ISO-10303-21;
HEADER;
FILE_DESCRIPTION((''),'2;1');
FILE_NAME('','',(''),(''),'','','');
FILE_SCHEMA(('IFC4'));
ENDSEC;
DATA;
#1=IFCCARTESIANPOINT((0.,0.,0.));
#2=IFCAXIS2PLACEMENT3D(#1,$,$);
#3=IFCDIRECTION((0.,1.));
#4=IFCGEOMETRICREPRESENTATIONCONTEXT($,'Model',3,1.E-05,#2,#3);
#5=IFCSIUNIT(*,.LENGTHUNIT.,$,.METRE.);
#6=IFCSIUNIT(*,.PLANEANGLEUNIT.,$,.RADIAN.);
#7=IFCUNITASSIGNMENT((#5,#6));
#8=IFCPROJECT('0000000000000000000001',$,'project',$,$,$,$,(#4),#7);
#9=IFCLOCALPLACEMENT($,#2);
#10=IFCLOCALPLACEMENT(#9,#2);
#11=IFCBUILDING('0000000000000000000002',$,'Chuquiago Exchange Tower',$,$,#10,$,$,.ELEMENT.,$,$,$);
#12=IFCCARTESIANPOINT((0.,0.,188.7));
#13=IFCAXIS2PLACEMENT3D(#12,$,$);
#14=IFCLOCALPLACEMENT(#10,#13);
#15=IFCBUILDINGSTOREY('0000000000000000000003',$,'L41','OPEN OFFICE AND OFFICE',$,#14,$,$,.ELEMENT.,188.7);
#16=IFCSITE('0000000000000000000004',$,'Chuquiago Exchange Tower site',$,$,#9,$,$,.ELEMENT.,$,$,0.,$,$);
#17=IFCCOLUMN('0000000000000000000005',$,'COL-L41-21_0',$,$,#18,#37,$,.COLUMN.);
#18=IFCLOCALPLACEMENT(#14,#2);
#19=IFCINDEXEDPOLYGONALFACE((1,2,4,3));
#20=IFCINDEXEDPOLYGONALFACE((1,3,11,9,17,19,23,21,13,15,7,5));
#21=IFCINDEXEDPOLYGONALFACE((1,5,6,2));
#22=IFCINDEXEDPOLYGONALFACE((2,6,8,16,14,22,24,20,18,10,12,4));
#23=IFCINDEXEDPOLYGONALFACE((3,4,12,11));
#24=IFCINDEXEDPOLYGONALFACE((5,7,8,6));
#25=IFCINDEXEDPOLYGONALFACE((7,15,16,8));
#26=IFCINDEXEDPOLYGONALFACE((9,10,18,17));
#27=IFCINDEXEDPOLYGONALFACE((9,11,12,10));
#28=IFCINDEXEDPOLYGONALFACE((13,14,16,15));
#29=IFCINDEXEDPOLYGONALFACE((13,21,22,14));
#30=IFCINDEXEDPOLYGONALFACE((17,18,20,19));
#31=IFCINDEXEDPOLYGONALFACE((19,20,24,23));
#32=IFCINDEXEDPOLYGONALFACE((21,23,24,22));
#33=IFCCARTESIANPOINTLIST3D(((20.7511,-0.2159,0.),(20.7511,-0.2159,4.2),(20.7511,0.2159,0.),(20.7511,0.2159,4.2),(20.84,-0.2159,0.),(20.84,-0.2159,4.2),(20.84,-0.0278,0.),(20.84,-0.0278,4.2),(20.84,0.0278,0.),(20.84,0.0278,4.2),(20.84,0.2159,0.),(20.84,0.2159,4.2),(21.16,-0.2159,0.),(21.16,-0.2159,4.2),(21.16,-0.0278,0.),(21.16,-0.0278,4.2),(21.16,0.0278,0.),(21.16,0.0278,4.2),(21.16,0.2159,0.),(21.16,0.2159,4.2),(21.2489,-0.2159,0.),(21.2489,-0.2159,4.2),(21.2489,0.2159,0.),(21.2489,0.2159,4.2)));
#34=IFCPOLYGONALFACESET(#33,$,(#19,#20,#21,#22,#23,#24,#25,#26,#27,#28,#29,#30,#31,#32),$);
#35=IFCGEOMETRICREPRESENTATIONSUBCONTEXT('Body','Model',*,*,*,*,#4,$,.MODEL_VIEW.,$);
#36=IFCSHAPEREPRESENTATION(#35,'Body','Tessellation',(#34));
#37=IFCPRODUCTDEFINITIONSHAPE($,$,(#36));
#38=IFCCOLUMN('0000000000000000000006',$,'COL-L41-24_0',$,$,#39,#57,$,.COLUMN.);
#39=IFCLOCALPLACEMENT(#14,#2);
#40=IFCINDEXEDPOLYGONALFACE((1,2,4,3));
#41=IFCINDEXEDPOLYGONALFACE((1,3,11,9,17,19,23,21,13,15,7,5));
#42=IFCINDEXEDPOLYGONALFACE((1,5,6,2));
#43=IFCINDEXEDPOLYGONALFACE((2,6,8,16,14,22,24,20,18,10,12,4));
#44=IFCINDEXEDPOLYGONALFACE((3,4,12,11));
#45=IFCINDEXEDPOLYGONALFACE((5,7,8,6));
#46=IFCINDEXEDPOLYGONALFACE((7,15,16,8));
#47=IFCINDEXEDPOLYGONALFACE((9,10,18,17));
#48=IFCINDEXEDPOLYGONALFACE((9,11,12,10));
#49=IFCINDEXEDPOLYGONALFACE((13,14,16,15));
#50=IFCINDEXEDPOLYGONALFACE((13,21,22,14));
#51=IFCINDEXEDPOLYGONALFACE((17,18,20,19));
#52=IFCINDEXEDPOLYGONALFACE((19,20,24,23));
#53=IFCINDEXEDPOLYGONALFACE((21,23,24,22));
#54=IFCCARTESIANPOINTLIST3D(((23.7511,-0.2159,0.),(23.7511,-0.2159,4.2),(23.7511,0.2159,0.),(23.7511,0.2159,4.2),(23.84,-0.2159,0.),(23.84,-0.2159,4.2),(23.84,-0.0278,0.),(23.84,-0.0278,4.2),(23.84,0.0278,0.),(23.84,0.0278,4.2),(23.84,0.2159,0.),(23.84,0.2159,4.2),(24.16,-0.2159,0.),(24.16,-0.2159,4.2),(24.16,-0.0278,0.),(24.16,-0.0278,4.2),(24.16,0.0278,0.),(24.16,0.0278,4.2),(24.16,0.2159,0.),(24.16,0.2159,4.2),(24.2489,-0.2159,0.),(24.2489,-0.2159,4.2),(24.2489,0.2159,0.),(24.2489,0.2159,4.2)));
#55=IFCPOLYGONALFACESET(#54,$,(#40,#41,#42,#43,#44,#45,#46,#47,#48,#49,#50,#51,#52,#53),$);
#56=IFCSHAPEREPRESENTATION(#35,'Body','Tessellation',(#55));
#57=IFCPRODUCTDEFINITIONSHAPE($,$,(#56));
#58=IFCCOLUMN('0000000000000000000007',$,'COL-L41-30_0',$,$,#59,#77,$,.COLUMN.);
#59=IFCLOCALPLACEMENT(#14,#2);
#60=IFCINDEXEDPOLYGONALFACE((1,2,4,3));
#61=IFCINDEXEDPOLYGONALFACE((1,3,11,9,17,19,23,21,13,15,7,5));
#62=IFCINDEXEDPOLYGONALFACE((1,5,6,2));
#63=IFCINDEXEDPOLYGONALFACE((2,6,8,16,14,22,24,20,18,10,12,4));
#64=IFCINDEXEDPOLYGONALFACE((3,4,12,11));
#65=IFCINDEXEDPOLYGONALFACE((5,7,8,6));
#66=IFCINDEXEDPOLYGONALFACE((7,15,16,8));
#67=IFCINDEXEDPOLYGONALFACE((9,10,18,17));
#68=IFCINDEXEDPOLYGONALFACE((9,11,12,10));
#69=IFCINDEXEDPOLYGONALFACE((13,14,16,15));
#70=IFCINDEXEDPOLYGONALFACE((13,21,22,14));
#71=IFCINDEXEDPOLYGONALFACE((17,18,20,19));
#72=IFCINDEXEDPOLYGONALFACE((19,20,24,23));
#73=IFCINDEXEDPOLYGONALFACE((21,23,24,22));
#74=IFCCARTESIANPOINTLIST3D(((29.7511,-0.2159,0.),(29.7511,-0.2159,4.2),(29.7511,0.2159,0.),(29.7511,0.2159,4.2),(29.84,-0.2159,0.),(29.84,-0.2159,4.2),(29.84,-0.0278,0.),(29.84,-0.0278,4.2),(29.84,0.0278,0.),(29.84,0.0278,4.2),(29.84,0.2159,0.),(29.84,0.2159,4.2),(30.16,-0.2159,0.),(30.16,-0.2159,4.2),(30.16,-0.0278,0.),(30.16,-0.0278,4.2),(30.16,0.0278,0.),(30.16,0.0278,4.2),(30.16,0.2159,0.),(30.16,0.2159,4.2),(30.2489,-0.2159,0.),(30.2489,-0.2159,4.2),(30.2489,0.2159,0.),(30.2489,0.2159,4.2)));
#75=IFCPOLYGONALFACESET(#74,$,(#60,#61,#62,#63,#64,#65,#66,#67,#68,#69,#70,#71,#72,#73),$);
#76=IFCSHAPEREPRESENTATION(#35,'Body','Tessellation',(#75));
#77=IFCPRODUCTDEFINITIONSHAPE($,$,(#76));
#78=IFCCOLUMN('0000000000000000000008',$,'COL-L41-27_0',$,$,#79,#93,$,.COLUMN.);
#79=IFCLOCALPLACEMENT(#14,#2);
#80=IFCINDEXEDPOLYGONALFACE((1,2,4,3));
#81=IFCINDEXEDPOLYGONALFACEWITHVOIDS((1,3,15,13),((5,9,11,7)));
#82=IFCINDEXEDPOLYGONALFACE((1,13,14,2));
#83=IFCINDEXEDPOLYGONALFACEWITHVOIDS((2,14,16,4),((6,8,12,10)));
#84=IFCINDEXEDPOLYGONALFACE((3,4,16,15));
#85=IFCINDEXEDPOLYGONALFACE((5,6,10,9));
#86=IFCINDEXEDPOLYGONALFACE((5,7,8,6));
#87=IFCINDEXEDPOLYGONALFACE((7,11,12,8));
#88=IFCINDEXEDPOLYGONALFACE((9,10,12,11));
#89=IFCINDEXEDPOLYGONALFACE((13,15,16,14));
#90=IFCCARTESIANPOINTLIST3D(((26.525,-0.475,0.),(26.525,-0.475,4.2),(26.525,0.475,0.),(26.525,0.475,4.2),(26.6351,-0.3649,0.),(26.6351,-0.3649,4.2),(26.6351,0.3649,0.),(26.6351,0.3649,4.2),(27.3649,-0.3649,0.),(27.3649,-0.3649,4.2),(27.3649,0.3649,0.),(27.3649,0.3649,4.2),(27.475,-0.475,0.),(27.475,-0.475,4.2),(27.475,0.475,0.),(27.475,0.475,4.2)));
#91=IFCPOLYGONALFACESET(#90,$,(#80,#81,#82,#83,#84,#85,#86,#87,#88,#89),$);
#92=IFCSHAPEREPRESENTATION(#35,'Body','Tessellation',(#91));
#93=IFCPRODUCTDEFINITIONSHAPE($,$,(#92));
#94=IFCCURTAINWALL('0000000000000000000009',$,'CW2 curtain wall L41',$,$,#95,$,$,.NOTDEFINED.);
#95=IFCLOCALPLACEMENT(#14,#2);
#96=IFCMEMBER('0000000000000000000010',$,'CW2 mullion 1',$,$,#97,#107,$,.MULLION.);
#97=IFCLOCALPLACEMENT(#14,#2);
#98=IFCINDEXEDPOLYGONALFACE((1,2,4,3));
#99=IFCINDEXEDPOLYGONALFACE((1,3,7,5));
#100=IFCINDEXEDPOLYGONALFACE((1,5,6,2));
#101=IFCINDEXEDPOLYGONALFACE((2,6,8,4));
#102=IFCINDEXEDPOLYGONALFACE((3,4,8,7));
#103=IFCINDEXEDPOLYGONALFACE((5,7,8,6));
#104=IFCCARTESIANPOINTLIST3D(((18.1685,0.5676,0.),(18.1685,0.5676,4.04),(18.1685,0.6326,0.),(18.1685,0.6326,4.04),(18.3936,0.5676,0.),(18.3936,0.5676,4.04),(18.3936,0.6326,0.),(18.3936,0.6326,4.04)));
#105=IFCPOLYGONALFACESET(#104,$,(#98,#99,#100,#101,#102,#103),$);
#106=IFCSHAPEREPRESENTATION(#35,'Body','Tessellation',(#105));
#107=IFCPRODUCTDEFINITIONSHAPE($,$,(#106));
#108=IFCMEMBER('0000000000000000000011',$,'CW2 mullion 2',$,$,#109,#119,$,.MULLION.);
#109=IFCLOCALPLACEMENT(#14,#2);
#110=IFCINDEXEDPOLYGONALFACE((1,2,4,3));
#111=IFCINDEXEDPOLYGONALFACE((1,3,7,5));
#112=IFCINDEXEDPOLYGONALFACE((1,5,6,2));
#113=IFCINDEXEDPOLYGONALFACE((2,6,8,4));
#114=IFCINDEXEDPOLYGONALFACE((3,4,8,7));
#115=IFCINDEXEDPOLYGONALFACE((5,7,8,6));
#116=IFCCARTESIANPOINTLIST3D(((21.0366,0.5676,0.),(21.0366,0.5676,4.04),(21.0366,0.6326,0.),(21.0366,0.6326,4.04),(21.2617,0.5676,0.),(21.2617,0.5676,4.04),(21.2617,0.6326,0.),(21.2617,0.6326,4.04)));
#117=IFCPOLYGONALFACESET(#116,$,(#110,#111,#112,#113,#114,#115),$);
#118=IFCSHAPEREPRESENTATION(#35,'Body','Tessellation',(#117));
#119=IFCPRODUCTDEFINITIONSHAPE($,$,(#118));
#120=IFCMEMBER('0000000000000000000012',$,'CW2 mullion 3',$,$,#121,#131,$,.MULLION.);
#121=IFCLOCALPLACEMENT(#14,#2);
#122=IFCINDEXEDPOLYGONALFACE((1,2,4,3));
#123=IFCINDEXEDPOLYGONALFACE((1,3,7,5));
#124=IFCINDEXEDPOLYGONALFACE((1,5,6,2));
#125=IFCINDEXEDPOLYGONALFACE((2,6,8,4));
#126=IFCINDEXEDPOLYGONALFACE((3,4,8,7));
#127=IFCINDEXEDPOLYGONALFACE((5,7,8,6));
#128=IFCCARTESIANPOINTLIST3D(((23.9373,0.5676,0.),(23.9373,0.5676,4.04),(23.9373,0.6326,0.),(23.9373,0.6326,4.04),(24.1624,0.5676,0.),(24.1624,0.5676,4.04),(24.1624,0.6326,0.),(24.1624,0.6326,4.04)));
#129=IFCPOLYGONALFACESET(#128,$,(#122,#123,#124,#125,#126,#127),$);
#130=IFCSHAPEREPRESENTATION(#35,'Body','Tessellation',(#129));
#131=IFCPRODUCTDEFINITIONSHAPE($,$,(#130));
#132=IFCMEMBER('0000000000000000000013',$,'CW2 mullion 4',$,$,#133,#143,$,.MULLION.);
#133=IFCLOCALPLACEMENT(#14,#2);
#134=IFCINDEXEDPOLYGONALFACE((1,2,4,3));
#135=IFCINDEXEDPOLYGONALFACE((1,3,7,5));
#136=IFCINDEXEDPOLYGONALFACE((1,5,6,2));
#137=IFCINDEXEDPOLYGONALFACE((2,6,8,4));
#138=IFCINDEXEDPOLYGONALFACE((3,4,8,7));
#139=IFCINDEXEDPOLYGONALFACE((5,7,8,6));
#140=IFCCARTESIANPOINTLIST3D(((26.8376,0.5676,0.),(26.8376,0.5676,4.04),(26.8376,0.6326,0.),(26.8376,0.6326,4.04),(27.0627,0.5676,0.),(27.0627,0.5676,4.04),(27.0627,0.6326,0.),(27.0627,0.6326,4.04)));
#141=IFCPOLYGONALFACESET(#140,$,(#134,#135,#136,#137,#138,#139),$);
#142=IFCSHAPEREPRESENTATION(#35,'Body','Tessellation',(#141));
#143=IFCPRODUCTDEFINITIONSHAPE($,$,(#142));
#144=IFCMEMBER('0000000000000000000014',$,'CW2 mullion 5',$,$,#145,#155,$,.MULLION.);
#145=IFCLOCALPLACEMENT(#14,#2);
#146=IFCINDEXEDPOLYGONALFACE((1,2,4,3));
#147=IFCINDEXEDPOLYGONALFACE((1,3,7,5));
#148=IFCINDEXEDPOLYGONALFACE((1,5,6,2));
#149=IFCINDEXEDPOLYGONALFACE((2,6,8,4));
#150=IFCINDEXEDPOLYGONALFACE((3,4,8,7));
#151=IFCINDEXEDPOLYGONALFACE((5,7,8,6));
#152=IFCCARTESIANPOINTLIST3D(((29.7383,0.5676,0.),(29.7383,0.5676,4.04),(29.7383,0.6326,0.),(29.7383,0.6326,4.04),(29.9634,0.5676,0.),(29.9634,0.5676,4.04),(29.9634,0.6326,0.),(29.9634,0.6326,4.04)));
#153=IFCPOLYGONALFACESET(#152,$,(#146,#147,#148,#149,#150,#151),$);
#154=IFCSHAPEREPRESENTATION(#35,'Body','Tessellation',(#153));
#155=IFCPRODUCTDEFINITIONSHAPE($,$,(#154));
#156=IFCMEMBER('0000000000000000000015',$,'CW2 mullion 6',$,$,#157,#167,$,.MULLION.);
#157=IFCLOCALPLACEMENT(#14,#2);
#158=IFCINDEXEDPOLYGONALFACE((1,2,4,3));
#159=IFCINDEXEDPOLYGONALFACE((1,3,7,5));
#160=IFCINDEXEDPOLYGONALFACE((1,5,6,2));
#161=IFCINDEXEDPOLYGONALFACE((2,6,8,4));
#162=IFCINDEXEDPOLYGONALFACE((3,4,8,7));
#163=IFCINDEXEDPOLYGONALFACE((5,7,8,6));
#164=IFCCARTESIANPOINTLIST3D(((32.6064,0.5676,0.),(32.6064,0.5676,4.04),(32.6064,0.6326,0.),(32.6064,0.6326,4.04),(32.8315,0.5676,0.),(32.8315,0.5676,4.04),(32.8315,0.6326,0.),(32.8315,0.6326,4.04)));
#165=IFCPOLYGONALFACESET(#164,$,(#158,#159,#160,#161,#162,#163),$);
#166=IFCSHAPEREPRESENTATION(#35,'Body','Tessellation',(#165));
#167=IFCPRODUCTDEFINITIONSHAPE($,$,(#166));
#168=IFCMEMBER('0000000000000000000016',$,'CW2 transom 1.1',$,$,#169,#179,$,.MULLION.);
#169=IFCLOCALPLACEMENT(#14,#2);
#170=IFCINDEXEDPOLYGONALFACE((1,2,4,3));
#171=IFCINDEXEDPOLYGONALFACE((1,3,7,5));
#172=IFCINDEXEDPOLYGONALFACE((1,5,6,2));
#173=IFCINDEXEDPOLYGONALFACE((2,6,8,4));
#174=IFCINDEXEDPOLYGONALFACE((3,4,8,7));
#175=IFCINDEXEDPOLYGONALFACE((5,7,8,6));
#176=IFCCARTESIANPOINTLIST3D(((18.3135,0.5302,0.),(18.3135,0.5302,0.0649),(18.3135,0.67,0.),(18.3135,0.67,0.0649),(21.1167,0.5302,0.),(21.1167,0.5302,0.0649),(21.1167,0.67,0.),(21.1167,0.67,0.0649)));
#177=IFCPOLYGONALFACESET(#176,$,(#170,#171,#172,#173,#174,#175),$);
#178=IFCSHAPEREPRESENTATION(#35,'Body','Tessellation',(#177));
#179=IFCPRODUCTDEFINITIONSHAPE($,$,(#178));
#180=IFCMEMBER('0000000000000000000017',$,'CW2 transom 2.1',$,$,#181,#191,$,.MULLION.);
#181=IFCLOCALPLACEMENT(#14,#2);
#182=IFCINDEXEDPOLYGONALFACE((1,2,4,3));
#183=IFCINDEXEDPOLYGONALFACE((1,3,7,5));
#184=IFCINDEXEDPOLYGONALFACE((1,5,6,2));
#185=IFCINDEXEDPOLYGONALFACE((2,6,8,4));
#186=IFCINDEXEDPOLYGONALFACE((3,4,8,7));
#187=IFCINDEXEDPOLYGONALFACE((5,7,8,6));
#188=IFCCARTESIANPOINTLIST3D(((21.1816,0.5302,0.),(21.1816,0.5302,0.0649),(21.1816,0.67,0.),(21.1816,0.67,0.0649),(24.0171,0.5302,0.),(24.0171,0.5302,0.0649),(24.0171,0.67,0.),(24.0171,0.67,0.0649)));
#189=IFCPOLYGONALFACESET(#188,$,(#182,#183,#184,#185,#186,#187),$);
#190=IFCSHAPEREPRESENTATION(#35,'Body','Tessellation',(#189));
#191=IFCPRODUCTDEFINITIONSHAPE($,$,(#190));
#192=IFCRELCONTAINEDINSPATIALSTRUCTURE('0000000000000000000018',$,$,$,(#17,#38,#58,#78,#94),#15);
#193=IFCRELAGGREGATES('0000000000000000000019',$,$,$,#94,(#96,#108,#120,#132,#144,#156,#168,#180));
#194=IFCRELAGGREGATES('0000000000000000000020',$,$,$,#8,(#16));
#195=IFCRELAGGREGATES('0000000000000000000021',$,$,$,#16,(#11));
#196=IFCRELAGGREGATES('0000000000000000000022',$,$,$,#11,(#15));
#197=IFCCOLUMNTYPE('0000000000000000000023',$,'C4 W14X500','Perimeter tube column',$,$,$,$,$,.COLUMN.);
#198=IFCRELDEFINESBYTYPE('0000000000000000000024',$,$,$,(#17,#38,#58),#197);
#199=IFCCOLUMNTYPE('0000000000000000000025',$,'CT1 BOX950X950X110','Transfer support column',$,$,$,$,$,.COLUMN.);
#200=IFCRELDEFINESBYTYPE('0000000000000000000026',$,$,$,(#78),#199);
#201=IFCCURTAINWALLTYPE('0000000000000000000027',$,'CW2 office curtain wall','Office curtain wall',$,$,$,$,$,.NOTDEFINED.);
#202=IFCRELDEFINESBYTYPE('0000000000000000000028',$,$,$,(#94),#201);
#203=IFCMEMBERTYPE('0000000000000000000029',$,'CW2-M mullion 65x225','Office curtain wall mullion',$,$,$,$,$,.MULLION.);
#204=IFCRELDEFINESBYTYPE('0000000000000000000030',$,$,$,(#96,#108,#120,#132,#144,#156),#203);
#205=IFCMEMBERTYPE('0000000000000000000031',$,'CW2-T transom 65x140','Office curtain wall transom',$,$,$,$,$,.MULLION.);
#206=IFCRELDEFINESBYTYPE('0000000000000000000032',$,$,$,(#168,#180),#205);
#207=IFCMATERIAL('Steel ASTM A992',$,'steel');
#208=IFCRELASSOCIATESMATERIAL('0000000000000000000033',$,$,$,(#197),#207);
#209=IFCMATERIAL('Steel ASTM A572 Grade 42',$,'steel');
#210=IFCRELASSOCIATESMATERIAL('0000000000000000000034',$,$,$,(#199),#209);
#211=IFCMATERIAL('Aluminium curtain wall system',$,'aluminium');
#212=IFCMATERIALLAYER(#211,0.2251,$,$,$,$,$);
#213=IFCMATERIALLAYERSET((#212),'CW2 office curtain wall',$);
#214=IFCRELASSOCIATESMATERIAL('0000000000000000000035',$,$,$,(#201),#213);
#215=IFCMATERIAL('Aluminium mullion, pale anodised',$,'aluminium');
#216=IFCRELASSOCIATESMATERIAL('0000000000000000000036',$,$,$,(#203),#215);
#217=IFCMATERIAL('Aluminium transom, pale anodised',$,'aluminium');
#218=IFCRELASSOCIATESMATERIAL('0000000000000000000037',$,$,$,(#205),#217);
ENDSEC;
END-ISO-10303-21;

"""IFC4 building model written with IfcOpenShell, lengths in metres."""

from ifc_helpers import new_model, si_unit, direction, frame, origin, origin_2d, place, context, subcontext, project, spatial, rectangle, hollow_rectangle, i_section, extrude, material, layer, layer_set, material_profile, profile_set, type_object, element, aggregate, save


model = new_model("IFC4")

# Units and contexts
model_context = context("Model", 3, precision=1e-05, world=origin(), true_north=direction((0.0, 1.0)))
body_context = subcontext(model_context, "Body", "Model", "MODEL_VIEW")
ifc_project = project(units=[si_unit("LENGTHUNIT", "METRE"), si_unit("PLANEANGLEUNIT", "RADIAN")], contexts=[model_context])

# Site, building, storey
site_placement = place(None, origin())
site = spatial("IfcSite", under=ifc_project, at=site_placement, Name="Chuquiago Exchange Tower site", CompositionType="ELEMENT", RefElevation=0.0)
building_placement = place(site_placement, origin())
building = spatial("IfcBuilding", under=site, at=building_placement, Name="Chuquiago Exchange Tower", CompositionType="ELEMENT")
storey_placement = place(building_placement, frame((0.0, 0.0, 188.7)))
storey = spatial("IfcBuildingStorey", under=building, at=storey_placement, Name="L41", Description="OPEN OFFICE AND OFFICE", CompositionType="ELEMENT", Elevation=188.7)

# Columns
ifc_material_1 = material(Name="Steel ASTM A992", Category="steel")
ifc_material_profile_1 = material_profile(ifc_material_1, i_section(OverallWidth=0.4319, OverallDepth=0.4978, WebThickness=0.0557, FlangeThickness=0.0889, at=origin_2d()), Name="W14X500")
ifc_profile_set_1 = profile_set([ifc_material_profile_1], Name="Steel ASTM A992")
column_type_1 = type_object("IfcColumnType", Name="C4 W14X500", Description="Perimeter tube column", PredefinedType="COLUMN", material=ifc_profile_set_1)
for number, where, z_axis, x_axis, name in (
    (1, (21.0, 0.0, 0.0), (0.0, 0.0, 1.0), (0.0, -1.0, 0.0), "COL-L41-21_0"),
    (2, (24.0, 0.0, 0.0), (0.0, 0.0, 1.0), (0.0, -1.0, 0.0), "COL-L41-24_0"),
    (3, (30.0, 0.0, 0.0), (0.0, 0.0, 1.0), (0.0, -1.0, 0.0), "COL-L41-30_0"),
):
    element("IfcColumn", number, at=place(storey_placement, frame(where, z_axis=z_axis, x_axis=x_axis)), inside=storey, type_object=column_type_1, Name=name, PredefinedType="COLUMN", context=body_context, shape_type="SweptSolid", body=[
        extrude(i_section(OverallWidth=0.4319, OverallDepth=0.4978, WebThickness=0.0557, FlangeThickness=0.0889, at=origin_2d()), origin(), (0.0, 0.0, 1.0), 4.2),
    ])
ifc_material_2 = material(Name="Steel ASTM A572 Grade 42", Category="steel")
ifc_material_profile_2 = material_profile(ifc_material_2, hollow_rectangle(XDim=0.95, YDim=0.95, WallThickness=0.1101, at=origin_2d()), Name="BOX950X950X110")
ifc_profile_set_2 = profile_set([ifc_material_profile_2], Name="Steel ASTM A572 Grade 42")
column_type_2 = type_object("IfcColumnType", Name="CT1 BOX950X950X110", Description="Transfer support column", PredefinedType="COLUMN", material=ifc_profile_set_2)
column_placement = place(storey_placement, frame((27.0, 0.0, 0.0), z_axis=(0.0, 0.0, 1.0), x_axis=(0.0, -1.0, 0.0)))
element("IfcColumn", 4, at=column_placement, inside=storey, type_object=column_type_2, Name="COL-L41-27_0", PredefinedType="COLUMN", context=body_context, shape_type="SweptSolid", body=[
    extrude(hollow_rectangle(XDim=0.95, YDim=0.95, WallThickness=0.1101, at=origin_2d()), origin(), (0.0, 0.0, 1.0), 4.2),
])

# Curtain wall, members
ifc_material_3 = material(Name="Aluminium curtain wall system", Category="aluminium")
ifc_layer_1 = layer(ifc_material_3, 0.2251)
ifc_layer_set_1 = layer_set([ifc_layer_1], Name="CW2 office curtain wall")
curtain_wall_type = type_object("IfcCurtainWallType", Name="CW2 office curtain wall", Description="Office curtain wall", PredefinedType="NOTDEFINED", material=ifc_layer_set_1)
curtain_wall_placement = place(storey_placement, origin())
curtain_wall = element("IfcCurtainWall", 5, at=curtain_wall_placement, inside=storey, type_object=curtain_wall_type, Name="CW2 curtain wall L41", PredefinedType="NOTDEFINED")
ifc_material_4 = material(Name="Aluminium mullion, pale anodised", Category="aluminium")
ifc_material_profile_3 = material_profile(ifc_material_4, rectangle(XDim=0.0649, YDim=0.2251, at=origin_2d()), Name="AL 65x225")
ifc_profile_set_3 = profile_set([ifc_material_profile_3], Name="Aluminium mullion, pale anodised")
member_type_1 = type_object("IfcMemberType", Name="CW2-M mullion 65x225", Description="Office curtain wall mullion", PredefinedType="MULLION", material=ifc_profile_set_3)
member_1_placement = place(storey_placement, frame((18.281, 0.6001, 0.0), z_axis=(0.0, 0.0, 1.0), x_axis=(0.0, 1.0, 0.0)))
member_1 = element("IfcMember", 6, at=member_1_placement, type_object=member_type_1, Name="CW2 mullion 1", PredefinedType="MULLION", context=body_context, shape_type="SweptSolid", body=[
    extrude(rectangle(XDim=0.0649, YDim=0.2251, at=origin_2d()), origin(), (0.0, 0.0, 1.0), 4.04),
])
member_2_placement = place(storey_placement, frame((21.1492, 0.6001, 0.0), z_axis=(0.0, 0.0, 1.0), x_axis=(0.0, 1.0, 0.0)))
member_2 = element("IfcMember", 7, at=member_2_placement, type_object=member_type_1, Name="CW2 mullion 2", PredefinedType="MULLION", context=body_context, shape_type="SweptSolid", body=[
    extrude(rectangle(XDim=0.0649, YDim=0.2251, at=origin_2d()), origin(), (0.0, 0.0, 1.0), 4.04),
])
member_3_placement = place(storey_placement, frame((24.0498, 0.6001, 0.0), z_axis=(0.0, 0.0, 1.0), x_axis=(0.0, 1.0, 0.0)))
member_3 = element("IfcMember", 8, at=member_3_placement, type_object=member_type_1, Name="CW2 mullion 3", PredefinedType="MULLION", context=body_context, shape_type="SweptSolid", body=[
    extrude(rectangle(XDim=0.0649, YDim=0.2251, at=origin_2d()), origin(), (0.0, 0.0, 1.0), 4.04),
])
member_4_placement = place(storey_placement, frame((26.9502, 0.6001, 0.0), z_axis=(0.0, 0.0, 1.0), x_axis=(0.0, 1.0, 0.0)))
member_4 = element("IfcMember", 9, at=member_4_placement, type_object=member_type_1, Name="CW2 mullion 4", PredefinedType="MULLION", context=body_context, shape_type="SweptSolid", body=[
    extrude(rectangle(XDim=0.0649, YDim=0.2251, at=origin_2d()), origin(), (0.0, 0.0, 1.0), 4.04),
])
member_5_placement = place(storey_placement, frame((29.8508, 0.6001, 0.0), z_axis=(0.0, 0.0, 1.0), x_axis=(0.0, 1.0, 0.0)))
member_5 = element("IfcMember", 10, at=member_5_placement, type_object=member_type_1, Name="CW2 mullion 5", PredefinedType="MULLION", context=body_context, shape_type="SweptSolid", body=[
    extrude(rectangle(XDim=0.0649, YDim=0.2251, at=origin_2d()), origin(), (0.0, 0.0, 1.0), 4.04),
])
member_6_placement = place(storey_placement, frame((32.719, 0.6001, 0.0), z_axis=(0.0, 0.0, 1.0), x_axis=(0.0, 1.0, 0.0)))
member_6 = element("IfcMember", 11, at=member_6_placement, type_object=member_type_1, Name="CW2 mullion 6", PredefinedType="MULLION", context=body_context, shape_type="SweptSolid", body=[
    extrude(rectangle(XDim=0.0649, YDim=0.2251, at=origin_2d()), origin(), (0.0, 0.0, 1.0), 4.04),
])
ifc_material_5 = material(Name="Aluminium transom, pale anodised", Category="aluminium")
ifc_material_profile_4 = material_profile(ifc_material_5, rectangle(XDim=0.1399, YDim=0.0649, at=origin_2d()), Name="AL 140x65")
ifc_profile_set_4 = profile_set([ifc_material_profile_4], Name="Aluminium transom, pale anodised")
member_type_2 = type_object("IfcMemberType", Name="CW2-T transom 65x140", Description="Office curtain wall transom", PredefinedType="MULLION", material=ifc_profile_set_4)
member_7_placement = place(storey_placement, frame((18.3135, 0.6001, 0.0325), z_axis=(1.0, 0.0, 0.0), x_axis=(0.0, 1.0, 0.0)))
member_7 = element("IfcMember", 12, at=member_7_placement, type_object=member_type_2, Name="CW2 transom 1.1", PredefinedType="MULLION", context=body_context, shape_type="SweptSolid", body=[
    extrude(rectangle(XDim=0.1399, YDim=0.0649, at=origin_2d()), origin(), (0.0, 0.0, 1.0), 2.8032),
])
member_8_placement = place(storey_placement, frame((21.1816, 0.6001, 0.0325), z_axis=(1.0, 0.0, 0.0), x_axis=(0.0, 1.0, 0.0)))
member_8 = element("IfcMember", 13, at=member_8_placement, type_object=member_type_2, Name="CW2 transom 2.1", PredefinedType="MULLION", context=body_context, shape_type="SweptSolid", body=[
    extrude(rectangle(XDim=0.1399, YDim=0.0649, at=origin_2d()), origin(), (0.0, 0.0, 1.0), 2.8354),
])

aggregate(curtain_wall, [member_1, member_2, member_3, member_4, member_5, member_6, member_7, member_8])

save(model, "model.ifc")
